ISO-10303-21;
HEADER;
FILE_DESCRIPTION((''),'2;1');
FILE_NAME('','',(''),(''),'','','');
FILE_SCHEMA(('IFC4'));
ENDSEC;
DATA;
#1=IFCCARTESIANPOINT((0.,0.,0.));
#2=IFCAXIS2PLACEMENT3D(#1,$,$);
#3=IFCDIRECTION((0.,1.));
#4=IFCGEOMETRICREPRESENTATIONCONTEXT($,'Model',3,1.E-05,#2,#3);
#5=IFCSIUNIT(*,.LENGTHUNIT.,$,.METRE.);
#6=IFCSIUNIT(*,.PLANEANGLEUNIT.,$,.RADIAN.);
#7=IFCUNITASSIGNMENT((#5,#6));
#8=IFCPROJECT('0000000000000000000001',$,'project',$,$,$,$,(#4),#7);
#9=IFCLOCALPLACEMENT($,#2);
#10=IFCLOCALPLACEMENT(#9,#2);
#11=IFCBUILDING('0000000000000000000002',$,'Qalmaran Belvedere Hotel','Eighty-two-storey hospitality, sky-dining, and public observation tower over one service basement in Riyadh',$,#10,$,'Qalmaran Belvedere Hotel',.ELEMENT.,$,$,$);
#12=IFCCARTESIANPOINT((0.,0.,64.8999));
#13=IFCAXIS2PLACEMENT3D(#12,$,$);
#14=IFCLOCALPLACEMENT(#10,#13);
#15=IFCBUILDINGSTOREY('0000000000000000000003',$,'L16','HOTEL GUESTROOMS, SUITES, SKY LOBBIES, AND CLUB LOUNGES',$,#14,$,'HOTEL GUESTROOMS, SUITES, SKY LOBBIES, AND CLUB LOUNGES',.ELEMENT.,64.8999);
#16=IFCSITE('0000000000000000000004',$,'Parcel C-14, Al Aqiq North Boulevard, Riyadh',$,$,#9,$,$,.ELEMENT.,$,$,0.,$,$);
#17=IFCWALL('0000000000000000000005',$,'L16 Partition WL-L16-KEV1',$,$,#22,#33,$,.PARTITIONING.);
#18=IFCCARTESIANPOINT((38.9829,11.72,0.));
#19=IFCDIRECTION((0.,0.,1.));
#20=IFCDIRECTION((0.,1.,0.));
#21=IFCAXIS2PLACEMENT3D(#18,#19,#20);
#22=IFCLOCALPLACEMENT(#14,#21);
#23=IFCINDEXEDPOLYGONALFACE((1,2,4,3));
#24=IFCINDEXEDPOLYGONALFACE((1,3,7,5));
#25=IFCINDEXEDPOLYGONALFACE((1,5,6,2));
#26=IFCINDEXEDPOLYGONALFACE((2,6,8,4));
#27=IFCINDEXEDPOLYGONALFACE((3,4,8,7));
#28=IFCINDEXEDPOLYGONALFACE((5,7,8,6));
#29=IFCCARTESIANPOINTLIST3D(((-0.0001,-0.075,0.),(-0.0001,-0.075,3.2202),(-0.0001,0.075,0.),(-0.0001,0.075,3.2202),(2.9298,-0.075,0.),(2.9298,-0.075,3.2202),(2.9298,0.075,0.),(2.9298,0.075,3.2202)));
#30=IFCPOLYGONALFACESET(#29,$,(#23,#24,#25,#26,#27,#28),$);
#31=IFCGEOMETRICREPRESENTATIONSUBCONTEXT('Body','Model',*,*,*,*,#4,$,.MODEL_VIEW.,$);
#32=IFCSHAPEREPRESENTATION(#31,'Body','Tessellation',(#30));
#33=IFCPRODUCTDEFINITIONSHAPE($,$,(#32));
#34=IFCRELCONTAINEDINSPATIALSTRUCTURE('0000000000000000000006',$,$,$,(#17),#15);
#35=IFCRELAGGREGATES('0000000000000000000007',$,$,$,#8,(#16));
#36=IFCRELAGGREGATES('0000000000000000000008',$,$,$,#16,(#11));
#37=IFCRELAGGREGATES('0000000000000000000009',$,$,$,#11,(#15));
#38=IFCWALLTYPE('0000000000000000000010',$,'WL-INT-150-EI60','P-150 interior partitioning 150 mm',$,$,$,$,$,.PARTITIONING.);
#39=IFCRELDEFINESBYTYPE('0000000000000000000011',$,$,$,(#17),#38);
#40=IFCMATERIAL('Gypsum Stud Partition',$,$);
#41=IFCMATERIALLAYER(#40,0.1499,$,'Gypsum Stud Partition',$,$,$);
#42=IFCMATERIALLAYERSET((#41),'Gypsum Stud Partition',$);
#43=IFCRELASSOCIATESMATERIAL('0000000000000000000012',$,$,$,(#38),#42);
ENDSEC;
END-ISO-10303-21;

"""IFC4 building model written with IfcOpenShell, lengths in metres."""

from ifc_helpers import new_model, si_unit, direction, frame, frame_2d, origin, place, context, subcontext, project, spatial, rectangle, extrude, material, layer, layer_set, type_object, element, save


model = new_model("IFC4")

# Units and contexts
model_context = context("Model", 3, precision=1e-05, world=origin(), true_north=direction((0.0, 1.0)))
body_context = subcontext(model_context, "Body", "Model", "MODEL_VIEW")
ifc_project = project(units=[si_unit("LENGTHUNIT", "METRE"), si_unit("PLANEANGLEUNIT", "RADIAN")], contexts=[model_context])

# Site, building, storey
site_placement = place(None, origin())
site = spatial("IfcSite", under=ifc_project, at=site_placement, Name="Parcel C-14, Al Aqiq North Boulevard, Riyadh", CompositionType="ELEMENT", RefElevation=0.0)
building_placement = place(site_placement, origin())
building = spatial("IfcBuilding", under=site, at=building_placement, Name="Qalmaran Belvedere Hotel", Description="Eighty-two-storey hospitality, sky-dining, and public observation tower over one service basement in Riyadh", LongName="Qalmaran Belvedere Hotel", CompositionType="ELEMENT")
storey_placement = place(building_placement, frame((0.0, 0.0, 64.8999)))
storey = spatial("IfcBuildingStorey", under=building, at=storey_placement, Name="L16", Description="HOTEL GUESTROOMS, SUITES, SKY LOBBIES, AND CLUB LOUNGES", LongName="HOTEL GUESTROOMS, SUITES, SKY LOBBIES, AND CLUB LOUNGES", CompositionType="ELEMENT", Elevation=64.8999)

# Wall
ifc_material_1 = material(Name="Gypsum Stud Partition")
ifc_layer_1 = layer(ifc_material_1, 0.1499, Name="Gypsum Stud Partition")
ifc_layer_set_1 = layer_set([ifc_layer_1], Name="Gypsum Stud Partition")
wall_type_1 = type_object("IfcWallType", Name="WL-INT-150-EI60", Description="P-150 interior partitioning 150 mm", PredefinedType="PARTITIONING", material=ifc_layer_set_1)
wall_1_placement = place(storey_placement, frame((38.9829, 11.72, 0.0), z_axis=(0.0, 0.0, 1.0), x_axis=(0.0, 1.0, 0.0)))
element("IfcWall", 1, at=wall_1_placement, inside=storey, type_object=wall_type_1, Name="L16 Partition WL-L16-KEV1", PredefinedType="PARTITIONING", context=body_context, shape_type="SweptSolid", body=[
    extrude(rectangle(XDim=2.9299, YDim=0.1499, at=frame_2d((1.4648, 0.0))), origin(), (0.0, 0.0, 1.0), 3.2202),
])

save(model, "model.ifc")
